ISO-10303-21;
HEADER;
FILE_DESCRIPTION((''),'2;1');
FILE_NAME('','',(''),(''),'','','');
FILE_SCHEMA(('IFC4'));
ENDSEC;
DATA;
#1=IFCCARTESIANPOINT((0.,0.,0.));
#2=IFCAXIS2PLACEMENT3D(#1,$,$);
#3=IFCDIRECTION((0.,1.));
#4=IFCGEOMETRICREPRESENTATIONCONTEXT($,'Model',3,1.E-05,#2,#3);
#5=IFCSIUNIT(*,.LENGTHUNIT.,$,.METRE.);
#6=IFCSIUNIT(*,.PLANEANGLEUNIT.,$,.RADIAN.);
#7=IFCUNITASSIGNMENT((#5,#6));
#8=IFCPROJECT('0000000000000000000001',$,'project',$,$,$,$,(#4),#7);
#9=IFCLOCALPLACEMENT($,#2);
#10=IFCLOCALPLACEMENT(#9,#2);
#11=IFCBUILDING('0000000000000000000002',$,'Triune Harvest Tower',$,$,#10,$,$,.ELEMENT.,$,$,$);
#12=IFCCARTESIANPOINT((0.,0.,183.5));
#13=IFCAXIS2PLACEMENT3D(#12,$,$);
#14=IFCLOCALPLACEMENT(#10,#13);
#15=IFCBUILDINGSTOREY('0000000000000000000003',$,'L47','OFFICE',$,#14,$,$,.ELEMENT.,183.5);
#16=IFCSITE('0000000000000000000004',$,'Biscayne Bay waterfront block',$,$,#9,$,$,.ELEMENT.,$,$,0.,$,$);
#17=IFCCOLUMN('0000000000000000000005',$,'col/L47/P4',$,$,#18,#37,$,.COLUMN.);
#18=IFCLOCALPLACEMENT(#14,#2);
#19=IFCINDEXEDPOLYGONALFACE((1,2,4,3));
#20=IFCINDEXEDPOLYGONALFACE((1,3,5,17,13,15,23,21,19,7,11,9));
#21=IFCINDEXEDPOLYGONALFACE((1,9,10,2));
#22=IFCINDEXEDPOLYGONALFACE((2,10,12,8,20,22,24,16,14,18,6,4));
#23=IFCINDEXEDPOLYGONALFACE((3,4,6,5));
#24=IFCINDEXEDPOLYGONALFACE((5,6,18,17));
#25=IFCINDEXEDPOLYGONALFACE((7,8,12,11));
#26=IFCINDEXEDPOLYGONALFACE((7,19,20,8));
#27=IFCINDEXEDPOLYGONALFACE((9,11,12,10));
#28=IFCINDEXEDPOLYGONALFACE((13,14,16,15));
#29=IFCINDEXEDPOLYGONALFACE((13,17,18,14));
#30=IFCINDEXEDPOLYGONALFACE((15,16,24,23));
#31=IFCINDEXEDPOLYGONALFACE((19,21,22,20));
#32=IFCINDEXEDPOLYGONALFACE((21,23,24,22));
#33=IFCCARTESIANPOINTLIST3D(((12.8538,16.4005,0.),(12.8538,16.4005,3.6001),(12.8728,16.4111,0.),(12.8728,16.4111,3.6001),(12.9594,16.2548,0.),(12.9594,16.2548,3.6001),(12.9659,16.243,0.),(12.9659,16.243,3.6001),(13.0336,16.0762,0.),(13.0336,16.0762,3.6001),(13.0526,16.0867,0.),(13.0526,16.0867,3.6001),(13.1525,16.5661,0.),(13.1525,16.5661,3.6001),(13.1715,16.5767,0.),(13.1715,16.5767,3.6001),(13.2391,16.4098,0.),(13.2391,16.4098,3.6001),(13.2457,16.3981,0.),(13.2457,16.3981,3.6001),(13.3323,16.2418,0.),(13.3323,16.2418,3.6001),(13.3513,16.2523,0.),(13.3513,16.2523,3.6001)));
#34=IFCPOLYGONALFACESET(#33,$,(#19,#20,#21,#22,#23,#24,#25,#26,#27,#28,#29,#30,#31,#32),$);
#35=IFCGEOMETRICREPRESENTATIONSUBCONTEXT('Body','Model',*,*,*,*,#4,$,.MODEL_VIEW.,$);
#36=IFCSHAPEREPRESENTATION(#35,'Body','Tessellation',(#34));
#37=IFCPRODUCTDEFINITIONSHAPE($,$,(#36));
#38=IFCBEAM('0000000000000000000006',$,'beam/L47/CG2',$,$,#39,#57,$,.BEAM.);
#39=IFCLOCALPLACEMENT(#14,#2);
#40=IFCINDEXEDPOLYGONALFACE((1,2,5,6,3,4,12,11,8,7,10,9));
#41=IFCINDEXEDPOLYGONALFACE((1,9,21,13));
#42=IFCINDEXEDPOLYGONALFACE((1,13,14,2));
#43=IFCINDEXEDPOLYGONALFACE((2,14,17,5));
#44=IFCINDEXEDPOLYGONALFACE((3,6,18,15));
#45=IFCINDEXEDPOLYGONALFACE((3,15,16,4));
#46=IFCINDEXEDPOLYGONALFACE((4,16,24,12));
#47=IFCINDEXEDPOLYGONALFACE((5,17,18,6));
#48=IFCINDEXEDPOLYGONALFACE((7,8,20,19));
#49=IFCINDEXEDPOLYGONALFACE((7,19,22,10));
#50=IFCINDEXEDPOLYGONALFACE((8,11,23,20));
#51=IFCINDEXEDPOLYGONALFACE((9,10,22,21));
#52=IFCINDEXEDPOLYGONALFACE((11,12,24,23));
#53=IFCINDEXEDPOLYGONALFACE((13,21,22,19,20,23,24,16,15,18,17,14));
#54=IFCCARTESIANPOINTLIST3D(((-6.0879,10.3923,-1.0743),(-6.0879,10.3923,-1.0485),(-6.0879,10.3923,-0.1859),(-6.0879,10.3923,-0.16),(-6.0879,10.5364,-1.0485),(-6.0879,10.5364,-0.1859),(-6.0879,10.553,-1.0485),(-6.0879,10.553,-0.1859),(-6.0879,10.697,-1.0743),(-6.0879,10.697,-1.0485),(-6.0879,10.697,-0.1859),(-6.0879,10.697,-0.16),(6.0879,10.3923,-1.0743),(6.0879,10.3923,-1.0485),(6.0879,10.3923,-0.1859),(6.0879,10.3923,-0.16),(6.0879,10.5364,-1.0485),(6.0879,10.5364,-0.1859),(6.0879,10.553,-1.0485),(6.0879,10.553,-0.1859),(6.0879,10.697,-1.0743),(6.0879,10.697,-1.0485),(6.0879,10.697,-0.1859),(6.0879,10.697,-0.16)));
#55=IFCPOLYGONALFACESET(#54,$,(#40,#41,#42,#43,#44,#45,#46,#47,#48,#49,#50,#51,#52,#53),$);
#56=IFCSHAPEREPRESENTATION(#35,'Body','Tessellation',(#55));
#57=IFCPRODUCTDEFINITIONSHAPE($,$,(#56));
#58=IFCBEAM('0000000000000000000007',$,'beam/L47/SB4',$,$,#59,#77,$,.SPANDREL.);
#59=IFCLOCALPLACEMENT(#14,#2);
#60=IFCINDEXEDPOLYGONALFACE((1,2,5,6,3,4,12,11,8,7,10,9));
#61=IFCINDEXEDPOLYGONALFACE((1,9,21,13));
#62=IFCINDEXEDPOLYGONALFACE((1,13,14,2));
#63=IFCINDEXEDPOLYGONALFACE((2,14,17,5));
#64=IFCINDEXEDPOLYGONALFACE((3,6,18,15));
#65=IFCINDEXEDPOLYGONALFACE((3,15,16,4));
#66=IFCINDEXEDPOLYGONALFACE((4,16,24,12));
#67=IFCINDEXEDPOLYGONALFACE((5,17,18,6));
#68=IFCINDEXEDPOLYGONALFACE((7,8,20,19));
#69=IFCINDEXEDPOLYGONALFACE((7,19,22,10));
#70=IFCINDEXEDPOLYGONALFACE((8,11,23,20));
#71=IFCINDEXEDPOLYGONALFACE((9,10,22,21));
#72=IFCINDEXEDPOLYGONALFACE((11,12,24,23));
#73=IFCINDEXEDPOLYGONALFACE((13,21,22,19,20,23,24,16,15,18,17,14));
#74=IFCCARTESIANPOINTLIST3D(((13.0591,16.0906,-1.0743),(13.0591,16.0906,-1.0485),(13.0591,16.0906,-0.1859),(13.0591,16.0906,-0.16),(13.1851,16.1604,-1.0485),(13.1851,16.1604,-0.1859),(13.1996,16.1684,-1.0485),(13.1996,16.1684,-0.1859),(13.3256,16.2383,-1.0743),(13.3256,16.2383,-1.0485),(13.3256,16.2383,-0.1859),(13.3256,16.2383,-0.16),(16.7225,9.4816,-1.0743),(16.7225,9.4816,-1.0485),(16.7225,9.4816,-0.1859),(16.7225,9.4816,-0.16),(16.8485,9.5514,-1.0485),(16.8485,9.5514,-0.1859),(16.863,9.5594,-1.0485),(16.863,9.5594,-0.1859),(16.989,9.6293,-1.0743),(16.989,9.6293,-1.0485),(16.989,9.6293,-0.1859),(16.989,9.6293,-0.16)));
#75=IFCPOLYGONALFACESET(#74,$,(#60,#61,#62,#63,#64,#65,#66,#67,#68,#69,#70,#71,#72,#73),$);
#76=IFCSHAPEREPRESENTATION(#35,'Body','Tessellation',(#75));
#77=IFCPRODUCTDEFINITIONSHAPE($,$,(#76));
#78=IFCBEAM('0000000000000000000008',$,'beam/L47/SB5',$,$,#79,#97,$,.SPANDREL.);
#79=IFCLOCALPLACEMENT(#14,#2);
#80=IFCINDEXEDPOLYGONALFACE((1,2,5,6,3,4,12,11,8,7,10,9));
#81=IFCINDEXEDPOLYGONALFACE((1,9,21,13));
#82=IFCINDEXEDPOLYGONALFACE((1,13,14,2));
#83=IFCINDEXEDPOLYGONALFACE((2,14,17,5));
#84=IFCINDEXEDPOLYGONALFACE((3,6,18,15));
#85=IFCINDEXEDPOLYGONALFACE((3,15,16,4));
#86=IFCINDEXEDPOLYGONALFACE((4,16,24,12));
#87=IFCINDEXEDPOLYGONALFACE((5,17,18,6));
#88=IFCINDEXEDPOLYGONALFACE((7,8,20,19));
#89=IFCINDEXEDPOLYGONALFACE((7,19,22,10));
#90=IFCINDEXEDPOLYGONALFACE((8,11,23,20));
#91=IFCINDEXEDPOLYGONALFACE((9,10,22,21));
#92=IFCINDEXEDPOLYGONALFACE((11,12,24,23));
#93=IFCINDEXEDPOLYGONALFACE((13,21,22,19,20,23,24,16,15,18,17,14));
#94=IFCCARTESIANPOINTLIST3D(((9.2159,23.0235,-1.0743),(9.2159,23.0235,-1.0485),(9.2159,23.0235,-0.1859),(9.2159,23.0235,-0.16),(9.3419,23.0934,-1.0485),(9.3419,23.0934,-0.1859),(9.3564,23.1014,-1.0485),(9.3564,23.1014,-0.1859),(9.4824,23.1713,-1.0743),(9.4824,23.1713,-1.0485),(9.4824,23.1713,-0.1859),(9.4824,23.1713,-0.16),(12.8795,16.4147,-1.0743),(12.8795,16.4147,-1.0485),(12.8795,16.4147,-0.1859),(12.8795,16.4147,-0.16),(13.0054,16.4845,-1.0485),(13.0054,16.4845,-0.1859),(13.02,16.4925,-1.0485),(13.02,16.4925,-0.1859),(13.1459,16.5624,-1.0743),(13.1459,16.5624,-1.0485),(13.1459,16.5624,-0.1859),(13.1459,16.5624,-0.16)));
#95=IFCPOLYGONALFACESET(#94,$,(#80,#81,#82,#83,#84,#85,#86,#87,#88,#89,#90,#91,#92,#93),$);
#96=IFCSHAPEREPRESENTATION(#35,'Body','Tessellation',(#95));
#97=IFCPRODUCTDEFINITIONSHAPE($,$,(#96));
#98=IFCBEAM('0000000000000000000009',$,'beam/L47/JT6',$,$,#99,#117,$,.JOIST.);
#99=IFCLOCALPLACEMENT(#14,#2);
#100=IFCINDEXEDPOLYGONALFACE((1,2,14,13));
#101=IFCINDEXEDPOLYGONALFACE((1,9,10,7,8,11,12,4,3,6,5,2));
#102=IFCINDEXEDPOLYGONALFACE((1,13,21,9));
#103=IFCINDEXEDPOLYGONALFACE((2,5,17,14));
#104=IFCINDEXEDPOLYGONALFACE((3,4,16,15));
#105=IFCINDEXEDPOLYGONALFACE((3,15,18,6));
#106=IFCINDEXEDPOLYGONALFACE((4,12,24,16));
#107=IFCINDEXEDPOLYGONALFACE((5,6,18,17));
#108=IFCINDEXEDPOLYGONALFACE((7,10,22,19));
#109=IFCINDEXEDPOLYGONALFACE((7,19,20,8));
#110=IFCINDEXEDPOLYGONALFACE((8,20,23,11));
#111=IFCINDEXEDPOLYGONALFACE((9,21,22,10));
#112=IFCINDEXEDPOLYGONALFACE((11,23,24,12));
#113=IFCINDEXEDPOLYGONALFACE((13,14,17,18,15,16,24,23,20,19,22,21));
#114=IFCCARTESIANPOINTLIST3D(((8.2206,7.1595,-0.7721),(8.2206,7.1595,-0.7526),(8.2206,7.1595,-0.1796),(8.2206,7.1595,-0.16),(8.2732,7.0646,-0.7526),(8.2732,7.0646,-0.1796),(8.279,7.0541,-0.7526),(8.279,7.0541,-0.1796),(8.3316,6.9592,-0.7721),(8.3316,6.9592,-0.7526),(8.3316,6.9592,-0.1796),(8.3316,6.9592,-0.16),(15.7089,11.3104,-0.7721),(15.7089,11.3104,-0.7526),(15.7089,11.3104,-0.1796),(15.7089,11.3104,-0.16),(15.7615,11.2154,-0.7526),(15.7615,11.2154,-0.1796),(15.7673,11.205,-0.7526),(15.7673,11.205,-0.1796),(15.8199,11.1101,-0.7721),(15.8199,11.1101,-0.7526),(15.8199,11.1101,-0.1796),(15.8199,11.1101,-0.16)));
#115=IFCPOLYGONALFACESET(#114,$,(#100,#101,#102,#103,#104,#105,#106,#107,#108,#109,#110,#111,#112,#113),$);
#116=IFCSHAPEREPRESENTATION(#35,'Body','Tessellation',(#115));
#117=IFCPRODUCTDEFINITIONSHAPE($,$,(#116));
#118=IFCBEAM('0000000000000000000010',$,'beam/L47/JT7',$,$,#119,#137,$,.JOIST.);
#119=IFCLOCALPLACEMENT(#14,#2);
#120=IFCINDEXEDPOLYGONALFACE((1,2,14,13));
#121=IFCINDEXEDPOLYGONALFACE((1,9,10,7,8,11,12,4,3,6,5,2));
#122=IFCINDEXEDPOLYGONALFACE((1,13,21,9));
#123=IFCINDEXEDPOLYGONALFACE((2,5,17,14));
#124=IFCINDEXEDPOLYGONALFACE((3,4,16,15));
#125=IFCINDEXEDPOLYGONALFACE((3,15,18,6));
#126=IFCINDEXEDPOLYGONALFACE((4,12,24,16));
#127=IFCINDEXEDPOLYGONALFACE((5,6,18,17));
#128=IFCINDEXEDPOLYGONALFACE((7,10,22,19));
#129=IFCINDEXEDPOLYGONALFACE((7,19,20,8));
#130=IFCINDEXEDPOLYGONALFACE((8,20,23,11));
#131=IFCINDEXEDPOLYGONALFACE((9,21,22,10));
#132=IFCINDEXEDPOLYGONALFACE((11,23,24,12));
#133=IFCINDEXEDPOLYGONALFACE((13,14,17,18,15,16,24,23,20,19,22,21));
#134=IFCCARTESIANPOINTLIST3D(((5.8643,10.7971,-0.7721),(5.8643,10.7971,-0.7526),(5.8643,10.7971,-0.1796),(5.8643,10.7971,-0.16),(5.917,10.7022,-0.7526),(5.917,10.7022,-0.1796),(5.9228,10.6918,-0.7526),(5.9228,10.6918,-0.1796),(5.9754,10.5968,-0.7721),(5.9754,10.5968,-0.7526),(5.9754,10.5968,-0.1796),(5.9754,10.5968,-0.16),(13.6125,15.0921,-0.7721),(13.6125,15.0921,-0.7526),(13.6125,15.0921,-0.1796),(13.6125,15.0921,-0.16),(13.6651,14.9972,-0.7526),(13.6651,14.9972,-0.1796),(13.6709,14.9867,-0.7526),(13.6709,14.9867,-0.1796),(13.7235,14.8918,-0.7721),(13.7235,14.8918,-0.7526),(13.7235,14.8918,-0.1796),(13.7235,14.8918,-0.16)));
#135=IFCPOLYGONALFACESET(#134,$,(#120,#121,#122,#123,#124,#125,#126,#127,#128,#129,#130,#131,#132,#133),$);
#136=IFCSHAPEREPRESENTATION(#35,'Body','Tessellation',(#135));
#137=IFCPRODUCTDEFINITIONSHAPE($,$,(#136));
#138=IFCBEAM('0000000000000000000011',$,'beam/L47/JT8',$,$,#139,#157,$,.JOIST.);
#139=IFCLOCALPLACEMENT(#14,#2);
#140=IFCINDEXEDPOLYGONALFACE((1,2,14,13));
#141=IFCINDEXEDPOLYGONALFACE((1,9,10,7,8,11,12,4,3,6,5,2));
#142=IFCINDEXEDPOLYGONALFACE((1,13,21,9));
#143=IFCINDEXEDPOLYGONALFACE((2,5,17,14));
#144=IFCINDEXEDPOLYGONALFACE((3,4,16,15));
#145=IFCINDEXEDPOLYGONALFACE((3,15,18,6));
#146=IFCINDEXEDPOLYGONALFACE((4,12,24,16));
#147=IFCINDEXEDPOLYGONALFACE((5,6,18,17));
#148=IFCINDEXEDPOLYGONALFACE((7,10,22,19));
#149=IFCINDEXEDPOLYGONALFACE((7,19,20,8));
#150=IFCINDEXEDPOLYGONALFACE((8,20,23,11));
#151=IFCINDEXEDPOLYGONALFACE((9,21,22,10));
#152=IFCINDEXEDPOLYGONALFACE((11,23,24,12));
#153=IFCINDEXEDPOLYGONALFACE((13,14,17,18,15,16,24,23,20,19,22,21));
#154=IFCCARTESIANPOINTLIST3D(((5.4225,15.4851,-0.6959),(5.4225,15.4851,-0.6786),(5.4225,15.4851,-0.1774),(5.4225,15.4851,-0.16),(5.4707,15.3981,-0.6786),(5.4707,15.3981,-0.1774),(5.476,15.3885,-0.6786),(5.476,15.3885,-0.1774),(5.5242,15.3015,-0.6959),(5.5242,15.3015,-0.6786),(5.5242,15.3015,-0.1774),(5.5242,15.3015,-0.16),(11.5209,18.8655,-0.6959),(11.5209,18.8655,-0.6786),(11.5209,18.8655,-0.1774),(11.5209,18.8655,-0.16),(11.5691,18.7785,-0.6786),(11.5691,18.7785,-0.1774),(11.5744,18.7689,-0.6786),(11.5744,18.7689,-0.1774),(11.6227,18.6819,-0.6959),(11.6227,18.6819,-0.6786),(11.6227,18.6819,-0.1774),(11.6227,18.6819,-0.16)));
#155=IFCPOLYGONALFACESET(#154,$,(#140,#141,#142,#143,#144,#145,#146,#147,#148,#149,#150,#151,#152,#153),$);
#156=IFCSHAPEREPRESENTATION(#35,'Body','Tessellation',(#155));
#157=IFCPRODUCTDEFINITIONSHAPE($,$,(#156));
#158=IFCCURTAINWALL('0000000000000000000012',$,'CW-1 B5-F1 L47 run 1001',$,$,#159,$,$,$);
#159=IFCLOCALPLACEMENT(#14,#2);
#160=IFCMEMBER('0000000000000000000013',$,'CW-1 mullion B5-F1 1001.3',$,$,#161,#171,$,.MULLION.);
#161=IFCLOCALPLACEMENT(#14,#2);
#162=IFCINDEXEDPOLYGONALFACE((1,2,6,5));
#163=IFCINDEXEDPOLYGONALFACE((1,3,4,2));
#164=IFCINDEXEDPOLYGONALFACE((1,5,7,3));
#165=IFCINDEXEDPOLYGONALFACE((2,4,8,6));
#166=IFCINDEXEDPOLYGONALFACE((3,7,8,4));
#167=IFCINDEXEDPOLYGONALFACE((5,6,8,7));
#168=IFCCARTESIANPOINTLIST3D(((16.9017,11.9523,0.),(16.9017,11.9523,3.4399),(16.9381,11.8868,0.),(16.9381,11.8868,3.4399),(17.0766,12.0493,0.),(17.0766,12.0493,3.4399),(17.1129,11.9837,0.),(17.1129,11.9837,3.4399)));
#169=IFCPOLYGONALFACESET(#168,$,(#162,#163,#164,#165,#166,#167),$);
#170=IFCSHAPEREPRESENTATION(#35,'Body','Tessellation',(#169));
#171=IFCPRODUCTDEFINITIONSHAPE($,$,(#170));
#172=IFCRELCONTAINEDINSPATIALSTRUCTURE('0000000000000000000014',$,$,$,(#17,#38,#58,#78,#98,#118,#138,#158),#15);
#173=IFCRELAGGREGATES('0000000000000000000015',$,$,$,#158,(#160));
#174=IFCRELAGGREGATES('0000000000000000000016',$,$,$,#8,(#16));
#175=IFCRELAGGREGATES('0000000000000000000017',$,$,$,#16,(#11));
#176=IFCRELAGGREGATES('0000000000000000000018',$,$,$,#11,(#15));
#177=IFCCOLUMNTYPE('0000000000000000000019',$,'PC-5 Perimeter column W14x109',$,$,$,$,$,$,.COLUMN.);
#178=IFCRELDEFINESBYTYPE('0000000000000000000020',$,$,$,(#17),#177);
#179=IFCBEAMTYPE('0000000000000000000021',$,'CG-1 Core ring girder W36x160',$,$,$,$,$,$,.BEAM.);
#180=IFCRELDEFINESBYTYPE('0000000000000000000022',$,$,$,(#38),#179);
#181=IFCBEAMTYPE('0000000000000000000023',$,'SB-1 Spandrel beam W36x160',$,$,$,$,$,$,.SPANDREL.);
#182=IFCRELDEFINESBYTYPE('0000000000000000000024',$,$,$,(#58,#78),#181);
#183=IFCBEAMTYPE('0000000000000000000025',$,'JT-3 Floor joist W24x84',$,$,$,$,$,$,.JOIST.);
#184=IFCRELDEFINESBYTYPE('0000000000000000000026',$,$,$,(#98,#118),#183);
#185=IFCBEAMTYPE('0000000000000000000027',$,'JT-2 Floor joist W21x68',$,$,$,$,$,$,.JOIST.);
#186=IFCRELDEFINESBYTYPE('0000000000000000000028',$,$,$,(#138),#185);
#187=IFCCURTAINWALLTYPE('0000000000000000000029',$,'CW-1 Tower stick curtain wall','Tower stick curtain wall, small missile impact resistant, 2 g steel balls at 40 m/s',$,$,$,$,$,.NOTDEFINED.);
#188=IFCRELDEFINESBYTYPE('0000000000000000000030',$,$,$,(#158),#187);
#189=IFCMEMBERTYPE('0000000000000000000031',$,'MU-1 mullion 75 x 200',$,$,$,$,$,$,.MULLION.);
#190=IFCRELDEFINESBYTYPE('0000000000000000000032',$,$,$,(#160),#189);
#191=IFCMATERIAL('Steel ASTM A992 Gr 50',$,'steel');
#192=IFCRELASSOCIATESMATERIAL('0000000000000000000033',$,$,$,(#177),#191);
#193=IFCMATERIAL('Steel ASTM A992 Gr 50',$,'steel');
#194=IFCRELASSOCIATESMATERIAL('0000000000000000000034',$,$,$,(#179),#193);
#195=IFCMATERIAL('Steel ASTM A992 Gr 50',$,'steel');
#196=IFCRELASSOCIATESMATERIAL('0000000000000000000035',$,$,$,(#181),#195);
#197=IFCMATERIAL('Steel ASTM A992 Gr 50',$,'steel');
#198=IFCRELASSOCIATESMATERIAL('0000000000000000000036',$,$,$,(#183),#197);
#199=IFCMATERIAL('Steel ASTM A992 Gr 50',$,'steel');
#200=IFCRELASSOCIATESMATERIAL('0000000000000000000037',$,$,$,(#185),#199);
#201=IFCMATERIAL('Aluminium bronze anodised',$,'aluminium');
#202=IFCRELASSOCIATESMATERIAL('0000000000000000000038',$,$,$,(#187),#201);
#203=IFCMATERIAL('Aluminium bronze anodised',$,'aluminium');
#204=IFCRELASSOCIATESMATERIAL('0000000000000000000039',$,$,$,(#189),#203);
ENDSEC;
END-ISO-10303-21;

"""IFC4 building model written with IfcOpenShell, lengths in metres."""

from ifc_helpers import new_model, si_unit, direction, frame, origin, origin_2d, place, context, subcontext, project, spatial, rectangle, i_section, extrude, source, transform, mapped, material, material_profile, profile_set, type_object, element, aggregate, save


model = new_model("IFC4")

# Units and contexts
model_context = context("Model", 3, precision=1e-05, world=origin(), true_north=direction((0.0, 1.0)))
body_context = subcontext(model_context, "Body", "Model", "MODEL_VIEW")
ifc_project = project(units=[si_unit("LENGTHUNIT", "METRE"), si_unit("PLANEANGLEUNIT", "RADIAN")], contexts=[model_context])

# Site, building, storey
site_placement = place(None, origin())
site = spatial("IfcSite", under=ifc_project, at=site_placement, Name="Biscayne Bay waterfront block", CompositionType="ELEMENT", RefElevation=0.0)
building_placement = place(site_placement, origin())
building = spatial("IfcBuilding", under=site, at=building_placement, Name="Triune Harvest Tower", CompositionType="ELEMENT")
storey_placement = place(building_placement, frame((0.0, 0.0, 183.5)))
storey = spatial("IfcBuildingStorey", under=building, at=storey_placement, Name="L47", Description="OFFICE", CompositionType="ELEMENT", Elevation=183.5)

# Column
ifc_material_1 = material(Name="Steel ASTM A992 Gr 50", Category="steel")
ifc_material_profile_1 = material_profile(ifc_material_1, i_section(OverallWidth=0.3708, OverallDepth=0.3633, WebThickness=0.0134, FlangeThickness=0.0217, at=origin_2d()), Name="W14x109")
ifc_profile_set_1 = profile_set([ifc_material_profile_1], Name="Steel ASTM A992 Gr 50")
column_type = type_object("IfcColumnType", Name="PC-5 Perimeter column W14x109", PredefinedType="COLUMN", material=ifc_profile_set_1)
shared_shape_1 = source(origin(), body_context, "Body", "SweptSolid", [
    extrude(i_section(OverallWidth=0.3708, OverallDepth=0.3633, WebThickness=0.0134, FlangeThickness=0.0217, at=origin_2d()), origin(), (0.0, 0.0, 1.0), 3.6001),
])
column_placement = place(storey_placement, frame((13.1025, 16.3264, 0.0), z_axis=(0.0, 0.0, 1.0), x_axis=(-0.48481, 0.87462, 0.0)))
element("IfcColumn", 1, at=column_placement, inside=storey, type_object=column_type, Name="col/L47/P4", PredefinedType="COLUMN", context=body_context, shape_type="MappedRepresentation", body=[
    mapped(shared_shape_1, transform((0.0, 0.0, 0.0), scale=1.0)),
])

# Beams
ifc_material_2 = material(Name="Steel ASTM A992 Gr 50", Category="steel")
ifc_material_profile_2 = material_profile(ifc_material_2, i_section(OverallWidth=0.3047, OverallDepth=0.9143, WebThickness=0.0166, FlangeThickness=0.0259, at=origin_2d()), Name="W36x160")
ifc_profile_set_2 = profile_set([ifc_material_profile_2], Name="Steel ASTM A992 Gr 50")
beam_type_1 = type_object("IfcBeamType", Name="CG-1 Core ring girder W36x160", PredefinedType="BEAM", material=ifc_profile_set_2)
shared_shape_2 = source(origin(), body_context, "Body", "SweptSolid", [
    extrude(i_section(OverallWidth=0.3047, OverallDepth=0.9143, WebThickness=0.0166, FlangeThickness=0.0259, at=origin_2d()), origin(), (0.0, 0.0, 1.0), 12.1758),
])
beam_1_placement = place(storey_placement, frame((6.0879, 10.5447, -0.6172), z_axis=(-1.0, 0.0, 0.0), x_axis=(0.0, -1.0, 0.0)))
element("IfcBeam", 2, at=beam_1_placement, inside=storey, type_object=beam_type_1, Name="beam/L47/CG2", PredefinedType="BEAM", context=body_context, shape_type="MappedRepresentation", body=[
    mapped(shared_shape_2, transform((0.0, 0.0, 0.0), scale=1.0)),
])
ifc_material_3 = material(Name="Steel ASTM A992 Gr 50", Category="steel")
ifc_material_profile_3 = material_profile(ifc_material_3, i_section(OverallWidth=0.3047, OverallDepth=0.9143, WebThickness=0.0166, FlangeThickness=0.0259, at=origin_2d()), Name="W36x160")
ifc_profile_set_3 = profile_set([ifc_material_profile_3], Name="Steel ASTM A992 Gr 50")
beam_type_2 = type_object("IfcBeamType", Name="SB-1 Spandrel beam W36x160", PredefinedType="SPANDREL", material=ifc_profile_set_3)
shared_shape_3 = source(origin(), body_context, "Body", "SweptSolid", [
    extrude(i_section(OverallWidth=0.3047, OverallDepth=0.9143, WebThickness=0.0166, FlangeThickness=0.0259, at=origin_2d()), origin(), (0.0, 0.0, 1.0), 7.5564),
])
for number, where, z_axis, x_axis, name in (
    (3, (16.8557, 9.5554, -0.6172), (-0.484806, 0.874622, 0.0), (-0.874622, -0.484806, 0.0), "beam/L47/SB4"),
    (4, (13.0127, 16.4885, -0.6172), (-0.484831, 0.874608, 0.0), (-0.874608, -0.484831, 0.0), "beam/L47/SB5"),
):
    element("IfcBeam", number, at=place(storey_placement, frame(where, z_axis=z_axis, x_axis=x_axis)), inside=storey, type_object=beam_type_2, Name=name, PredefinedType="SPANDREL", context=body_context, shape_type="MappedRepresentation", body=[
        mapped(shared_shape_3, transform((0.0, 0.0, 0.0), scale=1.0)),
    ])
ifc_material_4 = material(Name="Steel ASTM A992 Gr 50", Category="steel")
ifc_material_profile_4 = material_profile(ifc_material_4, i_section(OverallWidth=0.229, OverallDepth=0.6121, WebThickness=0.012, FlangeThickness=0.0195, at=origin_2d()), Name="W24x84")
ifc_profile_set_4 = profile_set([ifc_material_profile_4], Name="Steel ASTM A992 Gr 50")
beam_type_3 = type_object("IfcBeamType", Name="JT-3 Floor joist W24x84", PredefinedType="JOIST", material=ifc_profile_set_4)
shared_shape_4 = source(origin(), body_context, "Body", "SweptSolid", [
    extrude(i_section(OverallWidth=0.229, OverallDepth=0.6121, WebThickness=0.012, FlangeThickness=0.0195, at=origin_2d()), origin(), (0.0, 0.0, 1.0), 8.5618),
])
beam_2_placement = place(storey_placement, frame((15.7644, 11.2102, -0.4661), z_axis=(-0.874617, -0.484815, 0.0), x_axis=(0.484815, -0.874617, 0.0)))
element("IfcBeam", 5, at=beam_2_placement, inside=storey, type_object=beam_type_3, Name="beam/L47/JT6", PredefinedType="JOIST", context=body_context, shape_type="MappedRepresentation", body=[
    mapped(shared_shape_4, transform((0.0, 0.0, 0.0), scale=1.0)),
])
shared_shape_5 = source(origin(), body_context, "Body", "SweptSolid", [
    extrude(i_section(OverallWidth=0.229, OverallDepth=0.6121, WebThickness=0.012, FlangeThickness=0.0195, at=origin_2d()), origin(), (0.0, 0.0, 1.0), 8.8589),
])
beam_3_placement = place(storey_placement, frame((13.668, 14.9919, -0.4661), z_axis=(-0.874614, -0.484819, 0.0), x_axis=(0.484819, -0.874614, 0.0)))
element("IfcBeam", 6, at=beam_3_placement, inside=storey, type_object=beam_type_3, Name="beam/L47/JT7", PredefinedType="JOIST", context=body_context, shape_type="MappedRepresentation", body=[
    mapped(shared_shape_5, transform((0.0, 0.0, 0.0), scale=1.0)),
])
ifc_material_5 = material(Name="Steel ASTM A992 Gr 50", Category="steel")
ifc_material_profile_5 = material_profile(ifc_material_5, i_section(OverallWidth=0.21, OverallDepth=0.5359, WebThickness=0.011, FlangeThickness=0.0173, at=origin_2d()), Name="W21x68")
ifc_profile_set_5 = profile_set([ifc_material_profile_5], Name="Steel ASTM A992 Gr 50")
beam_type_4 = type_object("IfcBeamType", Name="JT-2 Floor joist W21x68", PredefinedType="JOIST", material=ifc_profile_set_5)
shared_shape_6 = source(origin(), body_context, "Body", "SweptSolid", [
    extrude(i_section(OverallWidth=0.21, OverallDepth=0.5359, WebThickness=0.011, FlangeThickness=0.0173, at=origin_2d()), origin(), (0.0, 0.0, 1.0), 6.9727),
])
beam_4_placement = place(storey_placement, frame((11.5718, 18.7737, -0.428), z_axis=(-0.874621, -0.484807, 0.0), x_axis=(0.484807, -0.874621, 0.0)))
element("IfcBeam", 7, at=beam_4_placement, inside=storey, type_object=beam_type_4, Name="beam/L47/JT8", PredefinedType="JOIST", context=body_context, shape_type="MappedRepresentation", body=[
    mapped(shared_shape_6, transform((0.0, 0.0, 0.0), scale=1.0)),
])

# Curtain wall, member
ifc_material_6 = material(Name="Aluminium bronze anodised", Category="aluminium")
curtain_wall_type_1 = type_object("IfcCurtainWallType", Name="CW-1 Tower stick curtain wall", Description="Tower stick curtain wall, small missile impact resistant, 2 g steel balls at 40 m/s", PredefinedType="NOTDEFINED", material=ifc_material_6)
curtain_wall_1_placement = place(storey_placement, origin())
curtain_wall_1 = element("IfcCurtainWall", 8, at=curtain_wall_1_placement, inside=storey, type_object=curtain_wall_type_1, Name="CW-1 B5-F1 L47 run 1001")
ifc_material_7 = material(Name="Aluminium bronze anodised", Category="aluminium")
ifc_material_profile_6 = material_profile(ifc_material_7, rectangle(XDim=0.2, YDim=0.075, at=origin_2d()), Name="MU-1 mullion 75 x 200")
ifc_profile_set_6 = profile_set([ifc_material_profile_6], Name="Aluminium bronze anodised")
member_type_1 = type_object("IfcMemberType", Name="MU-1 mullion 75 x 200", PredefinedType="MULLION", material=ifc_profile_set_6)
shared_shape_7 = source(origin(), body_context, "Body", "SweptSolid", [
    extrude(rectangle(XDim=0.2, YDim=0.075, at=origin_2d()), origin(), (0.0, 0.0, 1.0), 3.4399),
])
member_1_placement = place(storey_placement, frame((17.0073, 11.968, 0.0), z_axis=(0.0, 0.0, 1.0), x_axis=(-0.87462, -0.484809, 0.0)))
member_1 = element("IfcMember", 9, at=member_1_placement, type_object=member_type_1, Name="CW-1 mullion B5-F1 1001.3", PredefinedType="MULLION", context=body_context, shape_type="MappedRepresentation", body=[
    mapped(shared_shape_7, transform((0.0, 0.0, 0.0), scale=1.0)),
])

aggregate(curtain_wall_1, [member_1])

save(model, "model.ifc")
